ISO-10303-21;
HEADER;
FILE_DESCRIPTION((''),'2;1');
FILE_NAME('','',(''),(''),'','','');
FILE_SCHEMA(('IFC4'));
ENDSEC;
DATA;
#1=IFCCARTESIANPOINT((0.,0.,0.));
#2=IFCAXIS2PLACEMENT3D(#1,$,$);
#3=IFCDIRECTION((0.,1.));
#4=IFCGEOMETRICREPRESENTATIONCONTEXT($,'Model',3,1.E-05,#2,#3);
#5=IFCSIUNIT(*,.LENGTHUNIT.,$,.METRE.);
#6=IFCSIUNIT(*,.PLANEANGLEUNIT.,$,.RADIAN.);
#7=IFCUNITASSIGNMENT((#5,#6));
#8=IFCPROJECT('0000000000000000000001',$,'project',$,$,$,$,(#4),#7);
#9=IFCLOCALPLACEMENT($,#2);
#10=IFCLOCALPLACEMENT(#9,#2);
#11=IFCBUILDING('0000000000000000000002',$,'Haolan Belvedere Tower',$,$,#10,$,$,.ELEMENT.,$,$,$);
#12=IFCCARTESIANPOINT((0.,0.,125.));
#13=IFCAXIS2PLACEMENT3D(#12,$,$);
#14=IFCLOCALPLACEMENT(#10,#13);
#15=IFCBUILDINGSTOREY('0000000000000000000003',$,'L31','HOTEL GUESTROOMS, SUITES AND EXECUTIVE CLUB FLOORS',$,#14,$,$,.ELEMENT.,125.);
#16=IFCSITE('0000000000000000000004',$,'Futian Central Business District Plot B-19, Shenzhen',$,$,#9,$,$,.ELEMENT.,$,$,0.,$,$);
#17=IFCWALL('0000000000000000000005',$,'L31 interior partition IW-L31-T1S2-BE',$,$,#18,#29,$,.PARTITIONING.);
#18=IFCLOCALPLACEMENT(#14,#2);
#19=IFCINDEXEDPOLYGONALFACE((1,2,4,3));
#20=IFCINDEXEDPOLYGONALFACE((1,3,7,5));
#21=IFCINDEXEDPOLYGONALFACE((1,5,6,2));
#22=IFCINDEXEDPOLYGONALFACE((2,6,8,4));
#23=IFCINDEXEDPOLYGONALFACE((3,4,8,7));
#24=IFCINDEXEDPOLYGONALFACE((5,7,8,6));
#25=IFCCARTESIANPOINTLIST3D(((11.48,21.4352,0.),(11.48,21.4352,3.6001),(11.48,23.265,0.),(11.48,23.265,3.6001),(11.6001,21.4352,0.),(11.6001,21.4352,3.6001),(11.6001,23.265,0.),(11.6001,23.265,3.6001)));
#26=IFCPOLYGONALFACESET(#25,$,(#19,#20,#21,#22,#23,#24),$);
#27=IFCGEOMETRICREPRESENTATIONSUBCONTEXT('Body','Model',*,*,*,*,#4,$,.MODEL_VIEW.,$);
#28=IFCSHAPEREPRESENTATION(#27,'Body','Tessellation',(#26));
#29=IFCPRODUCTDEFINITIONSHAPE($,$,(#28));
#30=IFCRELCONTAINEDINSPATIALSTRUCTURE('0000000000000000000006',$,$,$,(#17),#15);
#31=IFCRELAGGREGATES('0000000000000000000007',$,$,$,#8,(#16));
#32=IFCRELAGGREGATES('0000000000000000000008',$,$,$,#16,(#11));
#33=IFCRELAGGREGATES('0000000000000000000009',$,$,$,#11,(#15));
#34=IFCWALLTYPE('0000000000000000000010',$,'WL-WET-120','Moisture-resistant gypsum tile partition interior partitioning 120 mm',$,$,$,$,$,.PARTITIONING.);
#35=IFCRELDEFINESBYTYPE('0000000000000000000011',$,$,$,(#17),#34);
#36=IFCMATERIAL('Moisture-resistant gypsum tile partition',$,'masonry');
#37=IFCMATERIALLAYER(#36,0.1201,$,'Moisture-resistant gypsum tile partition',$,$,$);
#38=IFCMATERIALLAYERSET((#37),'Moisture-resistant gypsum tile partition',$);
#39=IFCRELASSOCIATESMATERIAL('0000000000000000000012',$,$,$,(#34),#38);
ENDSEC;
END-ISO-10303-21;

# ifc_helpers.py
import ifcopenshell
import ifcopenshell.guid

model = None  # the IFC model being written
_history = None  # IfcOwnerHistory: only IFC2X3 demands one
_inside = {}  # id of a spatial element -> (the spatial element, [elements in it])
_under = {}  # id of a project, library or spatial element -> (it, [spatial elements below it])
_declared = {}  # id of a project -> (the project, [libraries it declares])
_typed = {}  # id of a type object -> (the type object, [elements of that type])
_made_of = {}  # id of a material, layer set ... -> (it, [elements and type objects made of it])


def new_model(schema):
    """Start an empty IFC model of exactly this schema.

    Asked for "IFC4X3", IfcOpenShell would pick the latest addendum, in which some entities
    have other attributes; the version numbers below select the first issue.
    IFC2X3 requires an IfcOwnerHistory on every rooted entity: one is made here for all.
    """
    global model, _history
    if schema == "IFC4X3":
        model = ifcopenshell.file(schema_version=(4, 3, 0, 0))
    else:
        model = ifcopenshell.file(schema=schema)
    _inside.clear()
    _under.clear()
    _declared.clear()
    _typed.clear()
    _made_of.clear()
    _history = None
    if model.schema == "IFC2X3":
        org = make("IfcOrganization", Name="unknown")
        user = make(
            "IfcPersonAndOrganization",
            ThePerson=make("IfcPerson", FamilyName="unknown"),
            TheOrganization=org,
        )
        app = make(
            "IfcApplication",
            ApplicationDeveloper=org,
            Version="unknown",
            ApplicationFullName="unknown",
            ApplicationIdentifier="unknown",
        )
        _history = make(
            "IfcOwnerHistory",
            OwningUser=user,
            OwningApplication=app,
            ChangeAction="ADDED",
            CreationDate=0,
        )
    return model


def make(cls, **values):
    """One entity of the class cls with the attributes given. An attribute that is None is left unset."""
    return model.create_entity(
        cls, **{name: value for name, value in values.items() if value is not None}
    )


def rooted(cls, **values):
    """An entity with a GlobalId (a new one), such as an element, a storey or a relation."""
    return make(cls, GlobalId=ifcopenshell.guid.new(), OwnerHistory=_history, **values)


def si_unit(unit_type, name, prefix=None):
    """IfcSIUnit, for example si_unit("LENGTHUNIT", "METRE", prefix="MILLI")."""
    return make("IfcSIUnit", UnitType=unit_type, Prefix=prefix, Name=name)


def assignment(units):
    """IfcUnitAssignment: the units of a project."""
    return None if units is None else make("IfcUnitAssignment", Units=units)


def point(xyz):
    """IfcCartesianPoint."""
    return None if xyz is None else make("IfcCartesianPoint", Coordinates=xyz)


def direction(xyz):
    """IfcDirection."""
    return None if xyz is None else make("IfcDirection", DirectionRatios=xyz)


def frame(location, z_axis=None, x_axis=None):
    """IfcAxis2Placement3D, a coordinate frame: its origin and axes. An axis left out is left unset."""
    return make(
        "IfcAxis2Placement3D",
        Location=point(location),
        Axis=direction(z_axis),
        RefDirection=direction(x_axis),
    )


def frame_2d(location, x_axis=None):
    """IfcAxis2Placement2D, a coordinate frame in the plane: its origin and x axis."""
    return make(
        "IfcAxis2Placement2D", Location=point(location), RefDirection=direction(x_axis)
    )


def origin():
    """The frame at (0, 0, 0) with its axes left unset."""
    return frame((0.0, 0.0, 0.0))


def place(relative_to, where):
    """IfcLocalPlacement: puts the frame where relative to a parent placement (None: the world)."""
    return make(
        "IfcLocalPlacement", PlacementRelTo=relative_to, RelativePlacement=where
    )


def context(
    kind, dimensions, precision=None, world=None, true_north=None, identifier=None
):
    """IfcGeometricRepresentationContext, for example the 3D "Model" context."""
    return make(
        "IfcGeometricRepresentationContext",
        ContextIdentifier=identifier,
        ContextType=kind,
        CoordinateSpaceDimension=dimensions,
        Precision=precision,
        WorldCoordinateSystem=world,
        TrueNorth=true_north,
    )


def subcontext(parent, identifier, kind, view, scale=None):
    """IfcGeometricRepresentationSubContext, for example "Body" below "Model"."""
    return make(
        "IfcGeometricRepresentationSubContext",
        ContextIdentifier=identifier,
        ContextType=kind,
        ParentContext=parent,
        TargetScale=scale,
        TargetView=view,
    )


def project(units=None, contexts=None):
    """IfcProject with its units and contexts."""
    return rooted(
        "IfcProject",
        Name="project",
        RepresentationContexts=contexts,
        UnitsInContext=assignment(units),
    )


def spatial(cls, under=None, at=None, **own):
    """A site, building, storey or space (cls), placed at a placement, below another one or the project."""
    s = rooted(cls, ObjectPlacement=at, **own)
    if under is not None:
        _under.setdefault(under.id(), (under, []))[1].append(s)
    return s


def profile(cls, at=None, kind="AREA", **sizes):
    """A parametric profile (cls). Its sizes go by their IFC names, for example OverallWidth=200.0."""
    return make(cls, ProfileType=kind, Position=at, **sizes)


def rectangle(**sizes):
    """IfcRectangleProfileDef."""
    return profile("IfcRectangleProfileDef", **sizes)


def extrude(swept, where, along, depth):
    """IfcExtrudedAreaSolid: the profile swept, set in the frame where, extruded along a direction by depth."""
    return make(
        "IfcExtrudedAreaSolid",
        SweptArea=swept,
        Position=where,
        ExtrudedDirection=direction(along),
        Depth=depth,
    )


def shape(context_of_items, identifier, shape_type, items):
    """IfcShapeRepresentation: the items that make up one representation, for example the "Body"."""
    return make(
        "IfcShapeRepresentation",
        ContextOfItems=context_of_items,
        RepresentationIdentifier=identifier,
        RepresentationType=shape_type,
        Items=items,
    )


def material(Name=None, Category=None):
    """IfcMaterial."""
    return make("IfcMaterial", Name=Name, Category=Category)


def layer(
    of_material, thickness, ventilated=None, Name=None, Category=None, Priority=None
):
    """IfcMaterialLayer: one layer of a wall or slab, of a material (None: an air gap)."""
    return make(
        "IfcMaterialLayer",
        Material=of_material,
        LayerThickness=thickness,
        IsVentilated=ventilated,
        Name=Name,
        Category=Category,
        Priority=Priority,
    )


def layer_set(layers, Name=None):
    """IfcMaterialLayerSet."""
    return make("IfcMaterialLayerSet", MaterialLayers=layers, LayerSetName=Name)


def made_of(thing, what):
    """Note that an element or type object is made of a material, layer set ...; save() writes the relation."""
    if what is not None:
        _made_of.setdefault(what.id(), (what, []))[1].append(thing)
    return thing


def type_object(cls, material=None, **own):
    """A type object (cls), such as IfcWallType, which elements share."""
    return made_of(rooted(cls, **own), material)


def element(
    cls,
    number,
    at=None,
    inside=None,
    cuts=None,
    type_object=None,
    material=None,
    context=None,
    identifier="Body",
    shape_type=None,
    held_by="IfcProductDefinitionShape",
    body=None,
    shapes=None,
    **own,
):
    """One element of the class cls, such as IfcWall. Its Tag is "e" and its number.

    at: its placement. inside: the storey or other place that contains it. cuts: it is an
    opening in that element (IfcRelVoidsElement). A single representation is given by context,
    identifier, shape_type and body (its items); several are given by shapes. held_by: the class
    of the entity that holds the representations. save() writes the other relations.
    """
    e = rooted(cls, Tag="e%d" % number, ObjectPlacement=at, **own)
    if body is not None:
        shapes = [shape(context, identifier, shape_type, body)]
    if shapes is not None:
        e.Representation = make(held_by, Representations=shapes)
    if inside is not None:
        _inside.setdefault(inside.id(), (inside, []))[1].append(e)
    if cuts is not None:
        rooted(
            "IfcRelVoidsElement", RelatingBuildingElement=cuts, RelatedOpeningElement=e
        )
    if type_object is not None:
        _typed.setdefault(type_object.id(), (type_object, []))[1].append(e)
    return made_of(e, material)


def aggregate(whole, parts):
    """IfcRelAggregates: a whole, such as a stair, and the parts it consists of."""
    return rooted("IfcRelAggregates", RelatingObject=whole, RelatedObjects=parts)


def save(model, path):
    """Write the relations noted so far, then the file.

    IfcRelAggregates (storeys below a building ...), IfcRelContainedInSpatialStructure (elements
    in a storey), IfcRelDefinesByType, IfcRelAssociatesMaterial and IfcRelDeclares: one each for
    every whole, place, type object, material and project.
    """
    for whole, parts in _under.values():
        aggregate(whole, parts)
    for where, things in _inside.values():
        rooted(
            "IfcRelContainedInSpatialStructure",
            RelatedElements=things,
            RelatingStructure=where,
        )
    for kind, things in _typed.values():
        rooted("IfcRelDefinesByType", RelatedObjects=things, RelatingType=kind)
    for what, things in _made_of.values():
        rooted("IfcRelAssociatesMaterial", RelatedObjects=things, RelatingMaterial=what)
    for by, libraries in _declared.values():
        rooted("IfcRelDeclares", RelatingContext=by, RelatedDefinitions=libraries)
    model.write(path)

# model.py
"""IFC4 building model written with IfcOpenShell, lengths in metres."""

from ifc_helpers import new_model, si_unit, direction, frame, frame_2d, origin, place, context, subcontext, project, spatial, rectangle, extrude, material, layer, layer_set, type_object, element, save


model = new_model("IFC4")

# Units and contexts
model_context = context("Model", 3, precision=1e-05, world=origin(), true_north=direction((0.0, 1.0)))
body_context = subcontext(model_context, "Body", "Model", "MODEL_VIEW")
ifc_project = project(units=[si_unit("LENGTHUNIT", "METRE"), si_unit("PLANEANGLEUNIT", "RADIAN")], contexts=[model_context])

# Site, building, storey
site_placement = place(None, origin())
site = spatial("IfcSite", under=ifc_project, at=site_placement, Name="Futian Central Business District Plot B-19, Shenzhen", CompositionType="ELEMENT", RefElevation=0.0)
building_placement = place(site_placement, origin())
building = spatial("IfcBuilding", under=site, at=building_placement, Name="Haolan Belvedere Tower", CompositionType="ELEMENT")
storey_placement = place(building_placement, frame((0.0, 0.0, 125.0)))
storey = spatial("IfcBuildingStorey", under=building, at=storey_placement, Name="L31", Description="HOTEL GUESTROOMS, SUITES AND EXECUTIVE CLUB FLOORS", CompositionType="ELEMENT", Elevation=125.0)

# Shared definitions
ifc_material_1 = material(Name="Moisture-resistant gypsum tile partition", Category="masonry")
ifc_layer_1 = layer(ifc_material_1, 0.1201, Name="Moisture-resistant gypsum tile partition")
ifc_layer_set_1 = layer_set([ifc_layer_1], Name="Moisture-resistant gypsum tile partition")
wall_type_1 = type_object("IfcWallType", Name="WL-WET-120", Description="Moisture-resistant gypsum tile partition interior partitioning 120 mm", PredefinedType="PARTITIONING", material=ifc_layer_set_1)

# Wall
for number, where, z_axis, x_axis, name in (
    (1, (11.54, 21.4351, 0.0), (0.0, 0.0, 1.0), (0.0, 1.0, 0.0), "L31 interior partition IW-L31-T1S2-BE"),
):
    element("IfcWall", number, at=place(storey_placement, frame(where, z_axis=z_axis, x_axis=x_axis)), inside=storey, type_object=wall_type_1, Name=name, PredefinedType="PARTITIONING", context=body_context, shape_type="SweptSolid", body=[
        extrude(rectangle(XDim=1.8298, YDim=0.1201, at=frame_2d((0.915, 0.0))), origin(), (0.0, 0.0, 1.0), 3.6001),
    ])

save(model, "model.ifc")
